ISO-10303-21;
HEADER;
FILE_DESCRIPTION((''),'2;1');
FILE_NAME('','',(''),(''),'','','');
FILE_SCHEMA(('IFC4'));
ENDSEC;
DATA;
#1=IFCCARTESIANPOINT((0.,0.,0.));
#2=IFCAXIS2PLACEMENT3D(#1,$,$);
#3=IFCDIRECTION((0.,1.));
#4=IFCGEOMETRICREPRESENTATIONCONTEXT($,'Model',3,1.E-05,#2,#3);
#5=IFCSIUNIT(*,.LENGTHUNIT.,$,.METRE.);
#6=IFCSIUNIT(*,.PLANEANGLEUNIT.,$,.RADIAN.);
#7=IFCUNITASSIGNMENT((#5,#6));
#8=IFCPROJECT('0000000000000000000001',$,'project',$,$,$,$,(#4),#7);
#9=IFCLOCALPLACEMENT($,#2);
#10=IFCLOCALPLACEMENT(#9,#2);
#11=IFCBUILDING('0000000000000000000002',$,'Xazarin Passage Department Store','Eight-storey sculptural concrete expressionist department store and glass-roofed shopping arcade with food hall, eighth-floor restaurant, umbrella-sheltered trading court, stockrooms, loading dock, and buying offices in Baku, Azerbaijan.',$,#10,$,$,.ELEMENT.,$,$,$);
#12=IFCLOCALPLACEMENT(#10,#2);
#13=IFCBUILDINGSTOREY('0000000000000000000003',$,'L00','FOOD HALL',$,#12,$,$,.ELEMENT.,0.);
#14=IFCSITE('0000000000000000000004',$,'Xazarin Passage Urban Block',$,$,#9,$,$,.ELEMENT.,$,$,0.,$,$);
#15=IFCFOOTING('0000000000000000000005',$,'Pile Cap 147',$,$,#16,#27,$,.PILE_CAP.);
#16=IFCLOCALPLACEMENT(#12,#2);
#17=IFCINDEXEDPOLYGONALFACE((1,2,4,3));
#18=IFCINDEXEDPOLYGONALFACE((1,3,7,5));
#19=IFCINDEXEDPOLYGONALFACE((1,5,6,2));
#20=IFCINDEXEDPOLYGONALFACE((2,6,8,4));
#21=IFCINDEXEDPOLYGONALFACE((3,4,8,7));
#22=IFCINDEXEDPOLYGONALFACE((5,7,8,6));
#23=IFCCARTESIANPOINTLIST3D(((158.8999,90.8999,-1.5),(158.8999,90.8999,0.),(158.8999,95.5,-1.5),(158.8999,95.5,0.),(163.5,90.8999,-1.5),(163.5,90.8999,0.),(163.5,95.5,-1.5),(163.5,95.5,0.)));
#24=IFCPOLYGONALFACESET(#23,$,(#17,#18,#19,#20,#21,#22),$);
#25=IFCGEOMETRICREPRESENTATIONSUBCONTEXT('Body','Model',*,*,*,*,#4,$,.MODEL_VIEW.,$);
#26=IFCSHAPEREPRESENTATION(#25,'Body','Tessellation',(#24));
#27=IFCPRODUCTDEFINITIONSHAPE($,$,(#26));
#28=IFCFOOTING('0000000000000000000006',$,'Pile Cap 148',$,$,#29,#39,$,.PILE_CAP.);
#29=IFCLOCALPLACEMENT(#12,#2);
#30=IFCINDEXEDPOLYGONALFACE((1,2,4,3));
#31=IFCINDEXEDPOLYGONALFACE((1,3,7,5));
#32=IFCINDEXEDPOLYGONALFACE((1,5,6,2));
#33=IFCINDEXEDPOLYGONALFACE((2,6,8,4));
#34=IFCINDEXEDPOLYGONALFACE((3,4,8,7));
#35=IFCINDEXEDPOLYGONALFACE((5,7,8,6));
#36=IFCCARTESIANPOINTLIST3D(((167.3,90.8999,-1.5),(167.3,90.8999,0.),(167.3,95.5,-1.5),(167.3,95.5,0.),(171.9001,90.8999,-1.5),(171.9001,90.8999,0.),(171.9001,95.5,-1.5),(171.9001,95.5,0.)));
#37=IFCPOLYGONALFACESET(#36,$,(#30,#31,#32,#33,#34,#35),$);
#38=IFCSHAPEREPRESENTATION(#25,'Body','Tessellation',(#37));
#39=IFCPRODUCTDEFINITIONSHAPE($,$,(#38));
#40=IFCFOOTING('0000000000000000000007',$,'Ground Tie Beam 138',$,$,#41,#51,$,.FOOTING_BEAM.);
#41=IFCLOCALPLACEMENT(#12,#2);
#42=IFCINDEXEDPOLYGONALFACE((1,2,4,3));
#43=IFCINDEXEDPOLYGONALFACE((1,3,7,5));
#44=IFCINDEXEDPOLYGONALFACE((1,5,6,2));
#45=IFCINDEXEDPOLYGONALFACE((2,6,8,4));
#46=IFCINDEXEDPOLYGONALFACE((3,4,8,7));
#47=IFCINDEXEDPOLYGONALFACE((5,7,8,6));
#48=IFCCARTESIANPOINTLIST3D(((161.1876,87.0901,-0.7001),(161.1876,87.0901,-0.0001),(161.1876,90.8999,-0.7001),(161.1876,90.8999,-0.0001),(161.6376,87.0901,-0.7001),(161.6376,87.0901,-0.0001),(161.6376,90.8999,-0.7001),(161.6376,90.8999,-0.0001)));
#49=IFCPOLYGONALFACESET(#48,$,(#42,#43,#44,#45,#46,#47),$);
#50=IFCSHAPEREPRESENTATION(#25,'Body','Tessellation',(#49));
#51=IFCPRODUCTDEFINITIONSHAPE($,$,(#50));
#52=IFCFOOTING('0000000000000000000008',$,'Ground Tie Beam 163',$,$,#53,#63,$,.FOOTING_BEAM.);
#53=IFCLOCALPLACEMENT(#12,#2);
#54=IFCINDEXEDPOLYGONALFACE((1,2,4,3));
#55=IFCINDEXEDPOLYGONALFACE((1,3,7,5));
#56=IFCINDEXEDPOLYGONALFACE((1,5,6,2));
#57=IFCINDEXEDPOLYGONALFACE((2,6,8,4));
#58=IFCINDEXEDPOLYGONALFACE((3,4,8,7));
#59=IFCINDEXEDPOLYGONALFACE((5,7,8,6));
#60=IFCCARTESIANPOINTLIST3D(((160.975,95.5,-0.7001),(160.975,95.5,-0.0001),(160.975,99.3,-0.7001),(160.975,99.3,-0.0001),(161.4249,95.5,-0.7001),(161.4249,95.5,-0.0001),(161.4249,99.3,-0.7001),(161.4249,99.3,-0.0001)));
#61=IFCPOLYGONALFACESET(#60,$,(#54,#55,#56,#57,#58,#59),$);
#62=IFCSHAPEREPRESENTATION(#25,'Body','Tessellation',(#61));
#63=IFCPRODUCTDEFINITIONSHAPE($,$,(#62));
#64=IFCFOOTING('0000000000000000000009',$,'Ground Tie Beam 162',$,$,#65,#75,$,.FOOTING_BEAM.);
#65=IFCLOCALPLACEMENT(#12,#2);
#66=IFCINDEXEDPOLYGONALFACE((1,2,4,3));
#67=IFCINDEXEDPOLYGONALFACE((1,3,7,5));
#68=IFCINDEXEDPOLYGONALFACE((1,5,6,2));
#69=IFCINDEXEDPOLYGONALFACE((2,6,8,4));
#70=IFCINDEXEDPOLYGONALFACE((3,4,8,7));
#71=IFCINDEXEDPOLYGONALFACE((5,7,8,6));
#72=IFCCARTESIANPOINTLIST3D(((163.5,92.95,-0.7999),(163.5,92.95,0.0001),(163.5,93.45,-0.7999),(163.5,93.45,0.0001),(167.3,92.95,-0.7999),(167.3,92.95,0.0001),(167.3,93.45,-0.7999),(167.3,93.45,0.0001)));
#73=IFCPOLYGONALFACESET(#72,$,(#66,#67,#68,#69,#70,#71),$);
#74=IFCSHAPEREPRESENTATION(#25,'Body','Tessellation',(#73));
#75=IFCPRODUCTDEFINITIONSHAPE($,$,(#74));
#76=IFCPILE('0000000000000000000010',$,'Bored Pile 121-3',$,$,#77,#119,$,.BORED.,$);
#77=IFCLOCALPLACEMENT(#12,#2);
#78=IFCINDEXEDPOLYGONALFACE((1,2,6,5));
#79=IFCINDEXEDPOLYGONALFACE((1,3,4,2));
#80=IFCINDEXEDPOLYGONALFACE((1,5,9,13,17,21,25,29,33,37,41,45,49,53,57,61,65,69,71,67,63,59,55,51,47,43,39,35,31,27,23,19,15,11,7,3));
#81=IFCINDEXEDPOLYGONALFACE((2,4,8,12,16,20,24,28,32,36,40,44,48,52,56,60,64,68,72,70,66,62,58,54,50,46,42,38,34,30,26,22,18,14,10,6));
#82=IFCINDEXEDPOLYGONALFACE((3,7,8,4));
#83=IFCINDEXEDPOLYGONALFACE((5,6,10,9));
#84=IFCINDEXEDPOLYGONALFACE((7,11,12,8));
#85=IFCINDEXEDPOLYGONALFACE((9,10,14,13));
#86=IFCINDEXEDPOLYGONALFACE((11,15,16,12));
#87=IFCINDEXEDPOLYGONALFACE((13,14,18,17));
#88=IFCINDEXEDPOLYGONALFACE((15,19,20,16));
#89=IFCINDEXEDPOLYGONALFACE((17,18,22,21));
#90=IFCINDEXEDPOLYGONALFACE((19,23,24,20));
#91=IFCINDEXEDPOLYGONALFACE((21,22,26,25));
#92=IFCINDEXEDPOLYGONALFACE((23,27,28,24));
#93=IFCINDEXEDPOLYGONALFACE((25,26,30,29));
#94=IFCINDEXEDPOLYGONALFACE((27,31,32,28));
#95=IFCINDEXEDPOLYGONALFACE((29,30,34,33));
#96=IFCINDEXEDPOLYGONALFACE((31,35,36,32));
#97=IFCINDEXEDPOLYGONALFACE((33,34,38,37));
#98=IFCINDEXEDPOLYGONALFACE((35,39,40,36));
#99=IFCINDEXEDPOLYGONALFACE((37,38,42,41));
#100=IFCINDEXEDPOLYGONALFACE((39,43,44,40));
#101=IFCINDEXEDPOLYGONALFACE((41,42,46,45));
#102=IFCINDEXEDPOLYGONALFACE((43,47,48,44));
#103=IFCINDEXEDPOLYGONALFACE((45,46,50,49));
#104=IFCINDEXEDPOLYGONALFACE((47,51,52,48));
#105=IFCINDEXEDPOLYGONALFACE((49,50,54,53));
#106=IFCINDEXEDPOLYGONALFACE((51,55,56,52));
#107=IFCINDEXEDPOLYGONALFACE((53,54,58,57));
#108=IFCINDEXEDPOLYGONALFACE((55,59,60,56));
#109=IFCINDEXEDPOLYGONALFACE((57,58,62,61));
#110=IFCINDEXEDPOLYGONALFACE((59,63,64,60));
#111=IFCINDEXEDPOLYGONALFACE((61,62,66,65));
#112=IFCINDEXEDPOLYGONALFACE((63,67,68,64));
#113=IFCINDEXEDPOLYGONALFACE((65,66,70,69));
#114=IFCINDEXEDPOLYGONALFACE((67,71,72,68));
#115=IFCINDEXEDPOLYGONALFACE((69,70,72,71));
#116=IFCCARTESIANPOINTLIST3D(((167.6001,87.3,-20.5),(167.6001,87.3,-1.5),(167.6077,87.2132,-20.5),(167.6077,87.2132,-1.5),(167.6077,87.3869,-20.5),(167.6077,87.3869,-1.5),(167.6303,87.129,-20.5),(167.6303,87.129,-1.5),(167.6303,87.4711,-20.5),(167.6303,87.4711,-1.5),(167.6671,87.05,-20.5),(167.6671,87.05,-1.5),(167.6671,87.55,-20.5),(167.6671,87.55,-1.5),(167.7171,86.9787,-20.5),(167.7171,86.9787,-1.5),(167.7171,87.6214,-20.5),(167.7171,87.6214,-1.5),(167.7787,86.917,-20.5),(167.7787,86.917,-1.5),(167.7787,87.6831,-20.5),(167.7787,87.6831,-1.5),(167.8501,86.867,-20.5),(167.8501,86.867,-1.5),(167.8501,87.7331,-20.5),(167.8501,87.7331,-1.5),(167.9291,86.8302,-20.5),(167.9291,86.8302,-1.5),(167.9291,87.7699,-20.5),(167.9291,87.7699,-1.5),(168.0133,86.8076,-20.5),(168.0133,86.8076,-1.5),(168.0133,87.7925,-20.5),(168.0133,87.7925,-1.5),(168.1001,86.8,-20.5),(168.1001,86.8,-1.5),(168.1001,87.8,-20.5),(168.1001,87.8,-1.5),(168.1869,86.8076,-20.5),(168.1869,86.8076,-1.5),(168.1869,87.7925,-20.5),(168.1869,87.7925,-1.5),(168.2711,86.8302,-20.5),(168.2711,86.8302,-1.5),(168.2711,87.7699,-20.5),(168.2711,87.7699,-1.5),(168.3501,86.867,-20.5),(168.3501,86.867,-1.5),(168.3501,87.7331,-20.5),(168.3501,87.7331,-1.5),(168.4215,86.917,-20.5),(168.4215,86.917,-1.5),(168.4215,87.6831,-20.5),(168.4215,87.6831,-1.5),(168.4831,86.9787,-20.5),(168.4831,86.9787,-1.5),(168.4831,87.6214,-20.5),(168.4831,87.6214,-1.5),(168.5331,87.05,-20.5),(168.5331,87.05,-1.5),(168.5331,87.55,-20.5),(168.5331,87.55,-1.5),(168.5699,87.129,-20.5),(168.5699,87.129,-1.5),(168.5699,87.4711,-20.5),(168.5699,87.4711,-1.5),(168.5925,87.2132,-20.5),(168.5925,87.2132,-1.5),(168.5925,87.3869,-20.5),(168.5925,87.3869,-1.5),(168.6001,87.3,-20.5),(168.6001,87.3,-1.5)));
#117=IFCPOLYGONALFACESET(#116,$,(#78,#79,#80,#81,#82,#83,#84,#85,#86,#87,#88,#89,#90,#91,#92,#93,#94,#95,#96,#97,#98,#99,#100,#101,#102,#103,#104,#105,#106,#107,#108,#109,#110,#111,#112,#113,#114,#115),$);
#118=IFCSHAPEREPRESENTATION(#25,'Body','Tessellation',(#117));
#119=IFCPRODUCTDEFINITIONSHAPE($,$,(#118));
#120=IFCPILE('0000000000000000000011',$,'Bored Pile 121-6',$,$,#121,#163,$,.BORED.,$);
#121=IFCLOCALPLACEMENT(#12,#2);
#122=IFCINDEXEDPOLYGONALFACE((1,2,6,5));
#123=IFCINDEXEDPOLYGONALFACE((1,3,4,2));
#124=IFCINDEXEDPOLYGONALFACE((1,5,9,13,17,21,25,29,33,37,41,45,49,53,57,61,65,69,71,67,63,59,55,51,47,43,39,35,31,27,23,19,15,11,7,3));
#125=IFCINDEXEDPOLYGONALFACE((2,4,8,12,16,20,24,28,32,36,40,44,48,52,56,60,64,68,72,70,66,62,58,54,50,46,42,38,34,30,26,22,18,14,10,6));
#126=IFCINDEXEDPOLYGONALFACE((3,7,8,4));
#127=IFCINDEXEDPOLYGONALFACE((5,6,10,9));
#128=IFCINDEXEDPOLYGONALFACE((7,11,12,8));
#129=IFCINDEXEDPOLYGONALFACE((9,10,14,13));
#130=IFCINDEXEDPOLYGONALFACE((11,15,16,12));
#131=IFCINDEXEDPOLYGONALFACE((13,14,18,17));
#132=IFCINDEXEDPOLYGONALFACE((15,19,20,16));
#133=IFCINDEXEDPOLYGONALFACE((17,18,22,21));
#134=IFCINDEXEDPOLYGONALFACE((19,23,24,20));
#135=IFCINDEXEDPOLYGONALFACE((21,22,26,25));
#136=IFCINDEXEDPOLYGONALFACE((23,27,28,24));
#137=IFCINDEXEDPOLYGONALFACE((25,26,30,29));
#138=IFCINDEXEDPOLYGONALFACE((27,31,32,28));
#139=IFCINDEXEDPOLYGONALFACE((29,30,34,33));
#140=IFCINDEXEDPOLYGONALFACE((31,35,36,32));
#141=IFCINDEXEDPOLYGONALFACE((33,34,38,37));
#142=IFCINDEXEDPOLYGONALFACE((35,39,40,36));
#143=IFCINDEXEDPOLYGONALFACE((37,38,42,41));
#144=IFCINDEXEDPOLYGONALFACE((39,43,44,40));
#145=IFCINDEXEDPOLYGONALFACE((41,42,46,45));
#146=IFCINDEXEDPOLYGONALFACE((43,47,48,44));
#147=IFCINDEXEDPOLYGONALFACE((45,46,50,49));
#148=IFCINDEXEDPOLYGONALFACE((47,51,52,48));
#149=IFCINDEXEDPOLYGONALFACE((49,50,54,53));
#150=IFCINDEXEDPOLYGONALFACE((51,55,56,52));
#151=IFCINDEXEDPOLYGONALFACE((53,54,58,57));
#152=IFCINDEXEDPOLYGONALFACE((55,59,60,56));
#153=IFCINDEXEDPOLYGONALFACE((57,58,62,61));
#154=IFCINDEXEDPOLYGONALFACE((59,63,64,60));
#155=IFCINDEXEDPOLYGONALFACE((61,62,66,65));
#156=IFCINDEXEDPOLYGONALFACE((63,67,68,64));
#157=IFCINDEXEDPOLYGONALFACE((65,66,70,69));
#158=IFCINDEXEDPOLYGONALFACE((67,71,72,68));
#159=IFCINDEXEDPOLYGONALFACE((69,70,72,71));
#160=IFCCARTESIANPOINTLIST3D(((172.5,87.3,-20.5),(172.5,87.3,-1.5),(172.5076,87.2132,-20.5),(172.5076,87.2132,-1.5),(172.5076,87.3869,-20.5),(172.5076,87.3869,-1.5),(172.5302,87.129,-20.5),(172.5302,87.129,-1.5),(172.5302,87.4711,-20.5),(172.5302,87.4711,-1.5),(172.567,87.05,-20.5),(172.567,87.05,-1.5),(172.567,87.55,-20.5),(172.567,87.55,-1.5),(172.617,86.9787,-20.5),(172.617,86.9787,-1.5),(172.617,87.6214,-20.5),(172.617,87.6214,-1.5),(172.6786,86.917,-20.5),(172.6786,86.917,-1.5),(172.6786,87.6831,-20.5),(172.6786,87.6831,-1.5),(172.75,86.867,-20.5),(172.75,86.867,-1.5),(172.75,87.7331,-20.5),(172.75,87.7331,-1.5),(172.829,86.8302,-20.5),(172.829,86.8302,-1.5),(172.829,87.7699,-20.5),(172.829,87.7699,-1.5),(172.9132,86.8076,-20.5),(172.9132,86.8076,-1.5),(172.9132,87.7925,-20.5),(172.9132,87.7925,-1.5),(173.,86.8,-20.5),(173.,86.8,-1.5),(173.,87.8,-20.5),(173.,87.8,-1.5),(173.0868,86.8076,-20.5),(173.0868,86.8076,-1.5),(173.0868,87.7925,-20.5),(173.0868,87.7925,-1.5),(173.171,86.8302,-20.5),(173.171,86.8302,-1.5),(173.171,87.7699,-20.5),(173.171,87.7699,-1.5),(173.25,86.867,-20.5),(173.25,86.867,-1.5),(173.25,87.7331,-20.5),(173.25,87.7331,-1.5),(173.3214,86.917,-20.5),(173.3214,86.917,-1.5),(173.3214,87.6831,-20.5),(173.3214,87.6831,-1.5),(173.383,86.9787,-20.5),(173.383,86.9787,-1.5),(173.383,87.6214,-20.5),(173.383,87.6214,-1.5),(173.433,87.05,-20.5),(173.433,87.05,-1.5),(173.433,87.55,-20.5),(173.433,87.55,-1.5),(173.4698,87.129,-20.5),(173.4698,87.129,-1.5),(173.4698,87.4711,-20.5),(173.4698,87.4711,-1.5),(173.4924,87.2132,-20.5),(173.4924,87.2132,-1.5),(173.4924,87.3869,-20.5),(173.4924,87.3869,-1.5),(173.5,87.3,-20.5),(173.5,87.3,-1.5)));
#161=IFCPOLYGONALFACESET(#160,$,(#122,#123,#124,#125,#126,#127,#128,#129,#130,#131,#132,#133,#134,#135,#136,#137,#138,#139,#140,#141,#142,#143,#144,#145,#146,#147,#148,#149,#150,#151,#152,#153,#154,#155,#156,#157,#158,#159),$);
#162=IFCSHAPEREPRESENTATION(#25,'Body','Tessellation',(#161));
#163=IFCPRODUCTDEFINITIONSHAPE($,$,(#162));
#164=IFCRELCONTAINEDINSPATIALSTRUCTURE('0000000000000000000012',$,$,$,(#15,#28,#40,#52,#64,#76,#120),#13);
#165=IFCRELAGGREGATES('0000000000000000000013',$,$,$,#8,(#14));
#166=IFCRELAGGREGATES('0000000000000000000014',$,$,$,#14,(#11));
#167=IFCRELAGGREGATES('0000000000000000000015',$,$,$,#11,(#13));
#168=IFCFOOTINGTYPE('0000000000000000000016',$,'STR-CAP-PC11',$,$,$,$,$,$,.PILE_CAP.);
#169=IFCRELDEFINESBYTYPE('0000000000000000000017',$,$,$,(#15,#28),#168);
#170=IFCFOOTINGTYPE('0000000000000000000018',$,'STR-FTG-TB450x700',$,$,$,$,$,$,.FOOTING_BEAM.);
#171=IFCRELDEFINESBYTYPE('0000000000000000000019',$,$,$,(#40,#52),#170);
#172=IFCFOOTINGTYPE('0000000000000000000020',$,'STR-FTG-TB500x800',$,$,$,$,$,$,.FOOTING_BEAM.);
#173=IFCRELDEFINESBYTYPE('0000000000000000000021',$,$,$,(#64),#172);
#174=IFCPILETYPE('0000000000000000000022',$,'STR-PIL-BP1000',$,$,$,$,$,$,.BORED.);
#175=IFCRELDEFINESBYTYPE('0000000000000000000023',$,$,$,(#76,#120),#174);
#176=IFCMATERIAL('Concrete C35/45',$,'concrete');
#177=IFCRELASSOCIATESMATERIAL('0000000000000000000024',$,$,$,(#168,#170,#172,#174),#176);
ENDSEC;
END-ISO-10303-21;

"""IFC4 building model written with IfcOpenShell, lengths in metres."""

from ifc_helpers import new_model, si_unit, direction, frame, origin, origin_2d, place, context, subcontext, project, spatial, rectangle, circle, extrude, material, material_profile, profile_set, type_object, element, save


model = new_model("IFC4")

# Units and contexts
model_context = context("Model", 3, precision=1e-05, world=origin(), true_north=direction((0.0, 1.0)))
body_context = subcontext(model_context, "Body", "Model", "MODEL_VIEW")
ifc_project = project(units=[si_unit("LENGTHUNIT", "METRE"), si_unit("PLANEANGLEUNIT", "RADIAN")], contexts=[model_context])

# Site, building, storey
site_placement = place(None, origin())
site = spatial("IfcSite", under=ifc_project, at=site_placement, Name="Xazarin Passage Urban Block", CompositionType="ELEMENT", RefElevation=0.0)
building_placement = place(site_placement, origin())
building = spatial("IfcBuilding", under=site, at=building_placement, Name="Xazarin Passage Department Store", Description="Eight-storey sculptural concrete expressionist department store and glass-roofed shopping arcade with food hall, eighth-floor restaurant, umbrella-sheltered trading court, stockrooms, loading dock, and buying offices in Baku, Azerbaijan.", CompositionType="ELEMENT")
storey_placement = place(building_placement, origin())
storey = spatial("IfcBuildingStorey", under=building, at=storey_placement, Name="L00", Description="FOOD HALL", CompositionType="ELEMENT", Elevation=0.0)

# Footings
ifc_material_1 = material(Name="Concrete C35/45", Category="concrete")
footing_type_1 = type_object("IfcFootingType", Name="STR-CAP-PC11", PredefinedType="PILE_CAP", material=ifc_material_1)
for number, where, z_axis, x_axis, name in (
    (1, (161.2, 93.2, -1.5), (0.0, 0.0, 1.0), (1.0, 0.0, 0.0), "Pile Cap 147"),
    (2, (169.6001, 93.2, -1.5), (0.0, 0.0, 1.0), (1.0, 0.0, 0.0), "Pile Cap 148"),
):
    element("IfcFooting", number, at=place(storey_placement, frame(where, z_axis=z_axis, x_axis=x_axis)), inside=storey, type_object=footing_type_1, Name=name, PredefinedType="PILE_CAP", context=body_context, shape_type="SweptSolid", body=[
        extrude(rectangle(XDim=4.6001, YDim=4.6001, at=origin_2d()), origin(), (0.0, 0.0, 1.0), 1.5),
    ])
ifc_material_profile_1 = material_profile(ifc_material_1, rectangle(XDim=0.45, YDim=0.7, at=origin_2d()), Name="RC 450x700")
ifc_profile_set_1 = profile_set([ifc_material_profile_1], Name="Concrete C35/45")
footing_type_2 = type_object("IfcFootingType", Name="STR-FTG-TB450x700", PredefinedType="FOOTING_BEAM", material=ifc_profile_set_1)
footing_1_placement = place(storey_placement, frame((161.4126, 87.0901, -0.3501), z_axis=(0.0, 1.0, 0.0), x_axis=(-1.0, 0.0, 0.0)))
element("IfcFooting", 3, at=footing_1_placement, inside=storey, type_object=footing_type_2, Name="Ground Tie Beam 138", PredefinedType="FOOTING_BEAM", context=body_context, shape_type="SweptSolid", body=[
    extrude(rectangle(XDim=0.45, YDim=0.7, at=origin_2d()), origin(), (0.0, 0.0, 1.0), 3.8098),
])
footing_2_placement = place(storey_placement, frame((161.2, 95.5, -0.3501), z_axis=(0.0, 1.0, 0.0), x_axis=(-1.0, 0.0, 0.0)))
element("IfcFooting", 4, at=footing_2_placement, inside=storey, type_object=footing_type_2, Name="Ground Tie Beam 163", PredefinedType="FOOTING_BEAM", context=body_context, shape_type="SweptSolid", body=[
    extrude(rectangle(XDim=0.45, YDim=0.7, at=origin_2d()), origin(), (0.0, 0.0, 1.0), 3.8),
])
ifc_material_profile_2 = material_profile(ifc_material_1, rectangle(XDim=0.5, YDim=0.8, at=origin_2d()), Name="RC 500x800")
ifc_profile_set_2 = profile_set([ifc_material_profile_2], Name="Concrete C35/45")
footing_type_3 = type_object("IfcFootingType", Name="STR-FTG-TB500x800", PredefinedType="FOOTING_BEAM", material=ifc_profile_set_2)
footing_3_placement = place(storey_placement, frame((163.5, 93.2, -0.3999), z_axis=(1.0, 0.0, 0.0), x_axis=(0.0, 1.0, 0.0)))
element("IfcFooting", 5, at=footing_3_placement, inside=storey, type_object=footing_type_3, Name="Ground Tie Beam 162", PredefinedType="FOOTING_BEAM", context=body_context, shape_type="SweptSolid", body=[
    extrude(rectangle(XDim=0.5, YDim=0.8, at=origin_2d()), origin(), (0.0, 0.0, 1.0), 3.8),
])

# Piles
ifc_material_profile_3 = material_profile(ifc_material_1, circle(Radius=0.5, at=origin_2d()), Name="BP 1000")
ifc_profile_set_3 = profile_set([ifc_material_profile_3], Name="Concrete C35/45")
pile_type = type_object("IfcPileType", Name="STR-PIL-BP1000", PredefinedType="BORED", material=ifc_profile_set_3)
for number, where, z_axis, x_axis, name in (
    (6, (168.1001, 87.3, -1.5), (0.0, 0.0, -1.0), (1.0, 0.0, 0.0), "Bored Pile 121-3"),
    (7, (173.0, 87.3, -1.5), (0.0, 0.0, -1.0), (1.0, 0.0, 0.0), "Bored Pile 121-6"),
):
    element("IfcPile", number, at=place(storey_placement, frame(where, z_axis=z_axis, x_axis=x_axis)), inside=storey, type_object=pile_type, Name=name, PredefinedType="BORED", context=body_context, shape_type="SweptSolid", body=[
        extrude(circle(Radius=0.5, at=origin_2d()), origin(), (0.0, 0.0, 1.0), 19.0),
    ])

save(model, "model.ifc")
